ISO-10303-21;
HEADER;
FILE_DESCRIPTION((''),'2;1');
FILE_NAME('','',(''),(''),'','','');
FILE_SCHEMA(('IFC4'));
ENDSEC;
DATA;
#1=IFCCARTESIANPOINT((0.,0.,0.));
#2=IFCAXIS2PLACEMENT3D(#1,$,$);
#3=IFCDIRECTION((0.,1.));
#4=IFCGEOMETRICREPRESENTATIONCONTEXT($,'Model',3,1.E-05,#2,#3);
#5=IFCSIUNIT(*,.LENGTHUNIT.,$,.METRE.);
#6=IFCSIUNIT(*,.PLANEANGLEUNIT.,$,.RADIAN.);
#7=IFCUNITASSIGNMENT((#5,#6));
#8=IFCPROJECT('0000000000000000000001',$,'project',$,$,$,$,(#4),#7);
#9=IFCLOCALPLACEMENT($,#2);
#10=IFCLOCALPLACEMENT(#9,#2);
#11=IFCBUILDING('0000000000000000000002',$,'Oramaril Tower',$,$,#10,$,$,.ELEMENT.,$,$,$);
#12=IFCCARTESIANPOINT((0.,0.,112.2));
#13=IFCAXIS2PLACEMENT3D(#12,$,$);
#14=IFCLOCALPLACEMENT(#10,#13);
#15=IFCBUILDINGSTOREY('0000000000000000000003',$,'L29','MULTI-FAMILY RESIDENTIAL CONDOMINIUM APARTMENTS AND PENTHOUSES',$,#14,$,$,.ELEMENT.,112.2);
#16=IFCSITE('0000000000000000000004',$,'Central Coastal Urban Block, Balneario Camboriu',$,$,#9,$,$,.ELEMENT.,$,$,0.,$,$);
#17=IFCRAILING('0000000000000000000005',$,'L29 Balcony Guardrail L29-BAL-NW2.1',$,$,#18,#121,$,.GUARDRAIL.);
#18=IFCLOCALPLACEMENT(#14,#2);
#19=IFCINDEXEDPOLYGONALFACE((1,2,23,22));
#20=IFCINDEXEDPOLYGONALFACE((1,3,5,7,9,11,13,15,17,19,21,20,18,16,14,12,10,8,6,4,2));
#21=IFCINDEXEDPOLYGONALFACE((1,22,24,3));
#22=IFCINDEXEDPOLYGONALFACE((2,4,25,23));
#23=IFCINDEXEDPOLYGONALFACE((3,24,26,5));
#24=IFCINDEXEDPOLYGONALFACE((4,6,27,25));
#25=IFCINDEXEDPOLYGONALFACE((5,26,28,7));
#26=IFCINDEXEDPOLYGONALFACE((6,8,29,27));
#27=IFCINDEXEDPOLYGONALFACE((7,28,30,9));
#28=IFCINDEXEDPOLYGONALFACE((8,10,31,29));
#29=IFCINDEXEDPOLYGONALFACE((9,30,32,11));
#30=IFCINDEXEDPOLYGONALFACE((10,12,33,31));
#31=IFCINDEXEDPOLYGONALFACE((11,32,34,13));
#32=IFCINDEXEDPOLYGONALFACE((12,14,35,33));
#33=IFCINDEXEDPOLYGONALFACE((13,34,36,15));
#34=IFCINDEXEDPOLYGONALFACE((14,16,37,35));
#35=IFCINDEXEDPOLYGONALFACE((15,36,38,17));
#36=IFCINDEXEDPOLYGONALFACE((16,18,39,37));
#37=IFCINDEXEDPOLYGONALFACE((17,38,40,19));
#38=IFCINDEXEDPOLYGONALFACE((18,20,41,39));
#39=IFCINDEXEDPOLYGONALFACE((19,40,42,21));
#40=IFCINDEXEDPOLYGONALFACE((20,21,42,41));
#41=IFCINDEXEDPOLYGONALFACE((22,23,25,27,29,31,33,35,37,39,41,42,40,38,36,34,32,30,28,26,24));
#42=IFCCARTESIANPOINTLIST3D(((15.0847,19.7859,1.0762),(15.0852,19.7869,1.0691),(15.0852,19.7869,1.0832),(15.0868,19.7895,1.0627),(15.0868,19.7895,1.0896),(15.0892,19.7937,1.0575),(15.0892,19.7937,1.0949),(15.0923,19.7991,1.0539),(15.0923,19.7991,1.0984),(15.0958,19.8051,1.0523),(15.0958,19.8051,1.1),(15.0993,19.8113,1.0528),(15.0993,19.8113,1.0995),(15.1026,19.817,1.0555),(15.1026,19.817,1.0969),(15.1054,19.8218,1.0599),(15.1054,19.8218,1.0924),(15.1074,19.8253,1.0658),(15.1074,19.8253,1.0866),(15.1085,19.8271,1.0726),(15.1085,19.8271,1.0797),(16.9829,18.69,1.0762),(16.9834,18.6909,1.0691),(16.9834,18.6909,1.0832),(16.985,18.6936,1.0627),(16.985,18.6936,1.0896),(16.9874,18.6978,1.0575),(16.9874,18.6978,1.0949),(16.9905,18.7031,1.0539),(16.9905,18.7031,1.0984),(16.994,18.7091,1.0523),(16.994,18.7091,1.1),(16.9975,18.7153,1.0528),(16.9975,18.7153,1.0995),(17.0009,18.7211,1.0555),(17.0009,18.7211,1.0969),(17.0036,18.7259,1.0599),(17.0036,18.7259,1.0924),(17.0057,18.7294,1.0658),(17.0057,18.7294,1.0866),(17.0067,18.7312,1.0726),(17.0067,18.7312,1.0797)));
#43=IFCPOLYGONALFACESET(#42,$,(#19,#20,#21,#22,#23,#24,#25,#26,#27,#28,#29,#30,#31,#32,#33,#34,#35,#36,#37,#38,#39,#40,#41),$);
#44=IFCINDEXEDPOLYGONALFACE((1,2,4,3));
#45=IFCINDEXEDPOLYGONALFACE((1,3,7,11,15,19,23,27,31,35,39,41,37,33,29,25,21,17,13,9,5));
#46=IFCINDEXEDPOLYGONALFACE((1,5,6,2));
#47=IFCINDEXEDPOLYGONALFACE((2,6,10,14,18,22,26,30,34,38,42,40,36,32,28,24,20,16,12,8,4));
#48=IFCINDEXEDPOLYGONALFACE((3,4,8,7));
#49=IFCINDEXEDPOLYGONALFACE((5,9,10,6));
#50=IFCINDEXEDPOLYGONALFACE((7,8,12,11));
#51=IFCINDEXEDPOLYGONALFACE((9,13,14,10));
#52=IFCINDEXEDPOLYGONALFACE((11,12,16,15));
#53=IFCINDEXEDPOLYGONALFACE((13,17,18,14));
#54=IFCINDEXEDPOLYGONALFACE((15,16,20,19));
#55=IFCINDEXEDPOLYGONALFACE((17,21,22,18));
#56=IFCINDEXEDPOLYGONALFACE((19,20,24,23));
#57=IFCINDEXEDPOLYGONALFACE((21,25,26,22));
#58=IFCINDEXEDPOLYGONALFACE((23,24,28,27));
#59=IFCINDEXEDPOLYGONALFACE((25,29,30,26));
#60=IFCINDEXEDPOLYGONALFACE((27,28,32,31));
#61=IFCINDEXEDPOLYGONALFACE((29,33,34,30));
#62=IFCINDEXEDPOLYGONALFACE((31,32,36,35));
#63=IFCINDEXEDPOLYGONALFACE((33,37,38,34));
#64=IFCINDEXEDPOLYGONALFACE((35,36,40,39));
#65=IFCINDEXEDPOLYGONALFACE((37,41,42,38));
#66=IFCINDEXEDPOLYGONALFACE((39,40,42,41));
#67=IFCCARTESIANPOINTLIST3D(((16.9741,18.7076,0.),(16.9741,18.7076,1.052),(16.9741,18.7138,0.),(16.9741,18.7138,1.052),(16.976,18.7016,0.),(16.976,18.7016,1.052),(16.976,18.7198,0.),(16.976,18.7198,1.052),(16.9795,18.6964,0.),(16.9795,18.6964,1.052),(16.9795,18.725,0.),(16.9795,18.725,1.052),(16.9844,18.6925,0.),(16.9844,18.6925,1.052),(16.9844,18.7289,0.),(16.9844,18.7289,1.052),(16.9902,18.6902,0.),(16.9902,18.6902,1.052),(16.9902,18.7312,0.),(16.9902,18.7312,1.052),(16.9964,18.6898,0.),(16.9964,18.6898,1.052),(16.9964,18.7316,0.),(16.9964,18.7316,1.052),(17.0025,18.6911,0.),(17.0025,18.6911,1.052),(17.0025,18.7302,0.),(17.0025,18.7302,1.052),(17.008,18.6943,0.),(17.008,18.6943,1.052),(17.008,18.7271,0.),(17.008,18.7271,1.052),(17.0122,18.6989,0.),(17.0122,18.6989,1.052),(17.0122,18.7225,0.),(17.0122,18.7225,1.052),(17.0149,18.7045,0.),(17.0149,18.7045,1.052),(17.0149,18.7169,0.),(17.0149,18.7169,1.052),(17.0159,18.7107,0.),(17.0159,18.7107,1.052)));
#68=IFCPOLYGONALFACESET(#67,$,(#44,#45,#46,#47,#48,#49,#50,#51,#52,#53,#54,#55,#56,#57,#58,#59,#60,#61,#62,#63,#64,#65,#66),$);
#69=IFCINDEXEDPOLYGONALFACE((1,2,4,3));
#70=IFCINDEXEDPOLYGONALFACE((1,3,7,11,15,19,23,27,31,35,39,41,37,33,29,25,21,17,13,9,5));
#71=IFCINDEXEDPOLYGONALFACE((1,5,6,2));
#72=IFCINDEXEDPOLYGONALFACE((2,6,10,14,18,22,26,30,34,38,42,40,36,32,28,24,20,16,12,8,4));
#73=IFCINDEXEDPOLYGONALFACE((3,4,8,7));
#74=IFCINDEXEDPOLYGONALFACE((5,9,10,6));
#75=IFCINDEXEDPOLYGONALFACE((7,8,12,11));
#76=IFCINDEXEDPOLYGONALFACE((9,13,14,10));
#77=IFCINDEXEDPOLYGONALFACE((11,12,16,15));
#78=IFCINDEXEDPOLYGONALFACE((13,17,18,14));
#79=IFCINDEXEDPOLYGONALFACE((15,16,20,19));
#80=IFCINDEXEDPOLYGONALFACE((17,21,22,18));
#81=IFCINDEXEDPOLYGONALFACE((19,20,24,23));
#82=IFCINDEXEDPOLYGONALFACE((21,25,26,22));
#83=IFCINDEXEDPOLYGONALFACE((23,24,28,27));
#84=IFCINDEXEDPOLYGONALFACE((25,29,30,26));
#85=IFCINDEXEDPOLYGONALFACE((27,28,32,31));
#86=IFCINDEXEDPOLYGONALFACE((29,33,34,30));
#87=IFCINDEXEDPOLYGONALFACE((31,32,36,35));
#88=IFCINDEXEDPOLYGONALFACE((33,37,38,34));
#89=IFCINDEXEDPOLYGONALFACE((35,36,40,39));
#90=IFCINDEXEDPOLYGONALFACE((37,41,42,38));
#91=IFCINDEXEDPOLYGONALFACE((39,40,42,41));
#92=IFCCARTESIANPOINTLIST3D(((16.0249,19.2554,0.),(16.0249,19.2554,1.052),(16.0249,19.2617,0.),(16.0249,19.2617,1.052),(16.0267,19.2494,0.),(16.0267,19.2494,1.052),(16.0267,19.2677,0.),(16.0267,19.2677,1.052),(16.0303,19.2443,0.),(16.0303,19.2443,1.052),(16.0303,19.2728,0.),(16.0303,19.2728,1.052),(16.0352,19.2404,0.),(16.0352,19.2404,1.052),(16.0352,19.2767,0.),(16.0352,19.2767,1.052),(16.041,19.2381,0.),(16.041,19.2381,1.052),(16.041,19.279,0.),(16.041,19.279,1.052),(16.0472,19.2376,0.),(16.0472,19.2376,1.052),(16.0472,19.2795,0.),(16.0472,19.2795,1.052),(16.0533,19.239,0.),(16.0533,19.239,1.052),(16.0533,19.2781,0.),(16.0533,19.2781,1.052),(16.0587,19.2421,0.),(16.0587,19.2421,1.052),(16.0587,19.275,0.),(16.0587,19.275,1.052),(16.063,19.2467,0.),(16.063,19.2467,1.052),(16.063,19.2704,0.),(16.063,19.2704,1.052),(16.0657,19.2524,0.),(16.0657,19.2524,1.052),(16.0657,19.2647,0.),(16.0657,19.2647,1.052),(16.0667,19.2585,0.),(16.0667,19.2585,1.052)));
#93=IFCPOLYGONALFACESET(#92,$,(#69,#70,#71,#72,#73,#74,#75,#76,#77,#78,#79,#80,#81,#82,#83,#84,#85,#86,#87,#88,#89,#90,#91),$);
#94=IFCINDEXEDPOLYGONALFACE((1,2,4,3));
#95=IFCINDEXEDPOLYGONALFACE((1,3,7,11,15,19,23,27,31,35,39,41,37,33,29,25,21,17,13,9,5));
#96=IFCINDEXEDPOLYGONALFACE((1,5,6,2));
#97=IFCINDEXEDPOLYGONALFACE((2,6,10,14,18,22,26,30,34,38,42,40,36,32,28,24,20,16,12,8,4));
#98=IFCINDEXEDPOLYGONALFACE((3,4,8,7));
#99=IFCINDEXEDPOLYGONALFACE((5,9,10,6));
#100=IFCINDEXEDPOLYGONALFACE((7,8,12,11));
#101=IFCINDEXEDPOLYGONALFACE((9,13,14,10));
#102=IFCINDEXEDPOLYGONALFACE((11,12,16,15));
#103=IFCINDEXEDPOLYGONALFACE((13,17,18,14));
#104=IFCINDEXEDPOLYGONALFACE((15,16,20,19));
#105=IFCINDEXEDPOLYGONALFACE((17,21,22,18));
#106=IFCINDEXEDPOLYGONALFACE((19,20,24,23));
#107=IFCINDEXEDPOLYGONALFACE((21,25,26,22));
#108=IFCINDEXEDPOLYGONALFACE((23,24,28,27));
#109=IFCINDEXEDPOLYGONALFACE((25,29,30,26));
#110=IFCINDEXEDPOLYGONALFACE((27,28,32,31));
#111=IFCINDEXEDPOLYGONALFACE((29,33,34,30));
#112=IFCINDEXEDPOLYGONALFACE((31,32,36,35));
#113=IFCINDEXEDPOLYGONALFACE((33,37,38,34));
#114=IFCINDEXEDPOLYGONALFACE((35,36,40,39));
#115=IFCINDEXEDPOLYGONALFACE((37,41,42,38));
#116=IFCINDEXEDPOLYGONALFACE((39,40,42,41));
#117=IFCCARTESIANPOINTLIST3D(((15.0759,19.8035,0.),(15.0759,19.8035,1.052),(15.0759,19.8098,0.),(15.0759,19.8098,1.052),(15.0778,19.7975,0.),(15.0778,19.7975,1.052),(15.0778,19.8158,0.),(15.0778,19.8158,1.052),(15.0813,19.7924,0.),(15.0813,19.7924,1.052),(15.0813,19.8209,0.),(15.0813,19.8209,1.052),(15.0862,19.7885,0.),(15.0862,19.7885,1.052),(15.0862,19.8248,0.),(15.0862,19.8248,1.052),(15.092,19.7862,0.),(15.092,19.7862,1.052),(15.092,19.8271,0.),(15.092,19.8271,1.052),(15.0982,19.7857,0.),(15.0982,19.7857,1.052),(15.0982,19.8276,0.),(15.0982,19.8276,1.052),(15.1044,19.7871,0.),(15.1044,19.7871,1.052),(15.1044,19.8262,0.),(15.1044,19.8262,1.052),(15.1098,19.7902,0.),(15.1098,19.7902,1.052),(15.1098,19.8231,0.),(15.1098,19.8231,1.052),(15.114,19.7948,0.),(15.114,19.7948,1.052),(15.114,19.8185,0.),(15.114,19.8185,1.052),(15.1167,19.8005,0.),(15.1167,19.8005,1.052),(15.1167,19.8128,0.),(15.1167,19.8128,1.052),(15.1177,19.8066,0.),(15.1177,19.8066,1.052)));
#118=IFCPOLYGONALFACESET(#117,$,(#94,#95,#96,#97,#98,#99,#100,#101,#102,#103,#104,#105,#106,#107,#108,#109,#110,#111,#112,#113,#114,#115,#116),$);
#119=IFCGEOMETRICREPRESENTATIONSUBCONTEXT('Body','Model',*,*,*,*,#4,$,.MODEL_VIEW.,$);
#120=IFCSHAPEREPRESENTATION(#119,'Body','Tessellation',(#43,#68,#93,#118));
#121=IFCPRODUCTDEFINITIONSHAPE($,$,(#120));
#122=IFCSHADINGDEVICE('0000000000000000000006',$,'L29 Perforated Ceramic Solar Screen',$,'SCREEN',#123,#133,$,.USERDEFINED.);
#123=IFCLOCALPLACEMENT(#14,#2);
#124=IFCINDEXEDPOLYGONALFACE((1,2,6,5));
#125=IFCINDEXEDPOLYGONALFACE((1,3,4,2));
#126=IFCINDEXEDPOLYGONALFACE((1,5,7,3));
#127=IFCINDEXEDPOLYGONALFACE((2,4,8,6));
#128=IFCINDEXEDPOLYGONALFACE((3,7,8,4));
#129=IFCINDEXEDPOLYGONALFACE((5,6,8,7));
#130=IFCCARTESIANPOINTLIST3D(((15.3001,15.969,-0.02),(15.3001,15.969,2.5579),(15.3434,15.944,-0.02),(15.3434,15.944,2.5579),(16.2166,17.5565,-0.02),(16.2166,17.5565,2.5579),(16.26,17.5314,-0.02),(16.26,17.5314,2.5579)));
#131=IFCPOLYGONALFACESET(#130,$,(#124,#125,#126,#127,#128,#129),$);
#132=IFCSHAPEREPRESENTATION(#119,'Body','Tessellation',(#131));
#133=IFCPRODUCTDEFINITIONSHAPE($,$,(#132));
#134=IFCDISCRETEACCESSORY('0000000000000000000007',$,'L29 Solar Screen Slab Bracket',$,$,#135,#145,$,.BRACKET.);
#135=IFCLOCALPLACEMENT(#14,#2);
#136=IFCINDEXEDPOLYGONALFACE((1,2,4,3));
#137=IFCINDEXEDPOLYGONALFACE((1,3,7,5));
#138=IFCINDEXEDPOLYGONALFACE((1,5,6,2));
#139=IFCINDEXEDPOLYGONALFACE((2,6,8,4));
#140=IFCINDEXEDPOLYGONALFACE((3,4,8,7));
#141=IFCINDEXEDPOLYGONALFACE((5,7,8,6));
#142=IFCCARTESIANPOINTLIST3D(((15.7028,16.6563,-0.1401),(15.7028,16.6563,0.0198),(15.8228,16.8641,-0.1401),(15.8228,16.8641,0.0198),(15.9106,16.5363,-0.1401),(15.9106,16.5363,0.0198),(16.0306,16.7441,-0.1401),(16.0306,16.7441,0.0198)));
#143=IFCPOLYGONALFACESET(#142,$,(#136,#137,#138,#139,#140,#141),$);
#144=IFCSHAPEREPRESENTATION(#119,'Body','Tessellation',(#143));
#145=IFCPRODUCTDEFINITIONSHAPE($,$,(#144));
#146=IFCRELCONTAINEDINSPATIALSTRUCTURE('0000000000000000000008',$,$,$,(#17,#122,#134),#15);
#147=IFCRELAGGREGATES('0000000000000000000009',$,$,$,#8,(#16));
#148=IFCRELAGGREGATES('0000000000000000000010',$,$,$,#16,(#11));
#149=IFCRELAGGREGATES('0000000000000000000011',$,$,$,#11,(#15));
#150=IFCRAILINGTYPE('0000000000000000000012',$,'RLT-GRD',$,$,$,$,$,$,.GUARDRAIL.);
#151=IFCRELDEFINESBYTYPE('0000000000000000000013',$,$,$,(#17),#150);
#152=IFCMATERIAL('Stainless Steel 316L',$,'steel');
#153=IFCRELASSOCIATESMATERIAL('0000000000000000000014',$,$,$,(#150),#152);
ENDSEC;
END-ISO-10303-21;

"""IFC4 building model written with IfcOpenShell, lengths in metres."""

from ifc_helpers import new_model, si_unit, direction, frame, origin, origin_2d, place, context, subcontext, project, spatial, rectangle, circle, extrude, material, type_object, element, save


model = new_model("IFC4")

# Units and contexts
model_context = context("Model", 3, precision=1e-05, world=origin(), true_north=direction((0.0, 1.0)))
body_context = subcontext(model_context, "Body", "Model", "MODEL_VIEW")
ifc_project = project(units=[si_unit("LENGTHUNIT", "METRE"), si_unit("PLANEANGLEUNIT", "RADIAN")], contexts=[model_context])

# Site, building, storey
site_placement = place(None, origin())
site = spatial("IfcSite", under=ifc_project, at=site_placement, Name="Central Coastal Urban Block, Balneario Camboriu", CompositionType="ELEMENT", RefElevation=0.0)
building_placement = place(site_placement, origin())
building = spatial("IfcBuilding", under=site, at=building_placement, Name="Oramaril Tower", CompositionType="ELEMENT")
storey_placement = place(building_placement, frame((0.0, 0.0, 112.2)))
storey = spatial("IfcBuildingStorey", under=building, at=storey_placement, Name="L29", Description="MULTI-FAMILY RESIDENTIAL CONDOMINIUM APARTMENTS AND PENTHOUSES", CompositionType="ELEMENT", Elevation=112.2)

# Railing
ifc_material_1 = material(Name="Stainless Steel 316L", Category="steel")
railing_type = type_object("IfcRailingType", Name="RLT-GRD", PredefinedType="GUARDRAIL", material=ifc_material_1)
railing_1_placement = place(storey_placement, frame((16.9949, 18.7107, 0.0)))
element("IfcRailing", 1, at=railing_1_placement, inside=storey, type_object=railing_type, Name="L29 Balcony Guardrail L29-BAL-NW2.1", PredefinedType="GUARDRAIL", context=body_context, shape_type="SweptSolid", body=[
    extrude(circle(Radius=0.0239, at=origin_2d()), frame((0.0, 0.0, 1.0762), z_axis=(-0.866021, 0.500008, 0.0), x_axis=(-0.500008, -0.866021, 0.0)), (0.0, 0.0, 1.0), 2.1919),
    extrude(circle(Radius=0.021, at=origin_2d()), origin(), (0.0, 0.0, 1.0), 1.052),
    extrude(circle(Radius=0.021, at=origin_2d()), frame((-0.9492, 0.5479, 0.0)), (0.0, 0.0, 1.0), 1.052),
    extrude(circle(Radius=0.021, at=origin_2d()), frame((-1.8982, 1.0959, 0.0)), (0.0, 0.0, 1.0), 1.052),
])

# Shading device
shading_device_placement = place(storey_placement, frame((15.78, 16.7502, -0.02), z_axis=(0.0, 0.0, 1.0), x_axis=(-0.5, -0.866025, 0.0)))
element("IfcShadingDevice", 2, at=shading_device_placement, inside=storey, Name="L29 Perforated Ceramic Solar Screen", ObjectType="SCREEN", PredefinedType="USERDEFINED", context=body_context, shape_type="SweptSolid", body=[
    extrude(rectangle(XDim=1.833, YDim=0.05, at=origin_2d()), origin(), (0.0, 0.0, 1.0), 2.5779),
])

# Discrete accessory
discrete_accessory_placement = place(storey_placement, frame((15.8667, 16.7002, -0.1401), z_axis=(0.0, 0.0, 1.0), x_axis=(-0.5, -0.866025, 0.0)))
element("IfcDiscreteAccessory", 3, at=discrete_accessory_placement, inside=storey, Name="L29 Solar Screen Slab Bracket", PredefinedType="BRACKET", context=body_context, shape_type="SweptSolid", body=[
    extrude(rectangle(XDim=0.24, YDim=0.24, at=origin_2d()), origin(), (0.0, 0.0, 1.0), 0.1599),
])

save(model, "model.ifc")
